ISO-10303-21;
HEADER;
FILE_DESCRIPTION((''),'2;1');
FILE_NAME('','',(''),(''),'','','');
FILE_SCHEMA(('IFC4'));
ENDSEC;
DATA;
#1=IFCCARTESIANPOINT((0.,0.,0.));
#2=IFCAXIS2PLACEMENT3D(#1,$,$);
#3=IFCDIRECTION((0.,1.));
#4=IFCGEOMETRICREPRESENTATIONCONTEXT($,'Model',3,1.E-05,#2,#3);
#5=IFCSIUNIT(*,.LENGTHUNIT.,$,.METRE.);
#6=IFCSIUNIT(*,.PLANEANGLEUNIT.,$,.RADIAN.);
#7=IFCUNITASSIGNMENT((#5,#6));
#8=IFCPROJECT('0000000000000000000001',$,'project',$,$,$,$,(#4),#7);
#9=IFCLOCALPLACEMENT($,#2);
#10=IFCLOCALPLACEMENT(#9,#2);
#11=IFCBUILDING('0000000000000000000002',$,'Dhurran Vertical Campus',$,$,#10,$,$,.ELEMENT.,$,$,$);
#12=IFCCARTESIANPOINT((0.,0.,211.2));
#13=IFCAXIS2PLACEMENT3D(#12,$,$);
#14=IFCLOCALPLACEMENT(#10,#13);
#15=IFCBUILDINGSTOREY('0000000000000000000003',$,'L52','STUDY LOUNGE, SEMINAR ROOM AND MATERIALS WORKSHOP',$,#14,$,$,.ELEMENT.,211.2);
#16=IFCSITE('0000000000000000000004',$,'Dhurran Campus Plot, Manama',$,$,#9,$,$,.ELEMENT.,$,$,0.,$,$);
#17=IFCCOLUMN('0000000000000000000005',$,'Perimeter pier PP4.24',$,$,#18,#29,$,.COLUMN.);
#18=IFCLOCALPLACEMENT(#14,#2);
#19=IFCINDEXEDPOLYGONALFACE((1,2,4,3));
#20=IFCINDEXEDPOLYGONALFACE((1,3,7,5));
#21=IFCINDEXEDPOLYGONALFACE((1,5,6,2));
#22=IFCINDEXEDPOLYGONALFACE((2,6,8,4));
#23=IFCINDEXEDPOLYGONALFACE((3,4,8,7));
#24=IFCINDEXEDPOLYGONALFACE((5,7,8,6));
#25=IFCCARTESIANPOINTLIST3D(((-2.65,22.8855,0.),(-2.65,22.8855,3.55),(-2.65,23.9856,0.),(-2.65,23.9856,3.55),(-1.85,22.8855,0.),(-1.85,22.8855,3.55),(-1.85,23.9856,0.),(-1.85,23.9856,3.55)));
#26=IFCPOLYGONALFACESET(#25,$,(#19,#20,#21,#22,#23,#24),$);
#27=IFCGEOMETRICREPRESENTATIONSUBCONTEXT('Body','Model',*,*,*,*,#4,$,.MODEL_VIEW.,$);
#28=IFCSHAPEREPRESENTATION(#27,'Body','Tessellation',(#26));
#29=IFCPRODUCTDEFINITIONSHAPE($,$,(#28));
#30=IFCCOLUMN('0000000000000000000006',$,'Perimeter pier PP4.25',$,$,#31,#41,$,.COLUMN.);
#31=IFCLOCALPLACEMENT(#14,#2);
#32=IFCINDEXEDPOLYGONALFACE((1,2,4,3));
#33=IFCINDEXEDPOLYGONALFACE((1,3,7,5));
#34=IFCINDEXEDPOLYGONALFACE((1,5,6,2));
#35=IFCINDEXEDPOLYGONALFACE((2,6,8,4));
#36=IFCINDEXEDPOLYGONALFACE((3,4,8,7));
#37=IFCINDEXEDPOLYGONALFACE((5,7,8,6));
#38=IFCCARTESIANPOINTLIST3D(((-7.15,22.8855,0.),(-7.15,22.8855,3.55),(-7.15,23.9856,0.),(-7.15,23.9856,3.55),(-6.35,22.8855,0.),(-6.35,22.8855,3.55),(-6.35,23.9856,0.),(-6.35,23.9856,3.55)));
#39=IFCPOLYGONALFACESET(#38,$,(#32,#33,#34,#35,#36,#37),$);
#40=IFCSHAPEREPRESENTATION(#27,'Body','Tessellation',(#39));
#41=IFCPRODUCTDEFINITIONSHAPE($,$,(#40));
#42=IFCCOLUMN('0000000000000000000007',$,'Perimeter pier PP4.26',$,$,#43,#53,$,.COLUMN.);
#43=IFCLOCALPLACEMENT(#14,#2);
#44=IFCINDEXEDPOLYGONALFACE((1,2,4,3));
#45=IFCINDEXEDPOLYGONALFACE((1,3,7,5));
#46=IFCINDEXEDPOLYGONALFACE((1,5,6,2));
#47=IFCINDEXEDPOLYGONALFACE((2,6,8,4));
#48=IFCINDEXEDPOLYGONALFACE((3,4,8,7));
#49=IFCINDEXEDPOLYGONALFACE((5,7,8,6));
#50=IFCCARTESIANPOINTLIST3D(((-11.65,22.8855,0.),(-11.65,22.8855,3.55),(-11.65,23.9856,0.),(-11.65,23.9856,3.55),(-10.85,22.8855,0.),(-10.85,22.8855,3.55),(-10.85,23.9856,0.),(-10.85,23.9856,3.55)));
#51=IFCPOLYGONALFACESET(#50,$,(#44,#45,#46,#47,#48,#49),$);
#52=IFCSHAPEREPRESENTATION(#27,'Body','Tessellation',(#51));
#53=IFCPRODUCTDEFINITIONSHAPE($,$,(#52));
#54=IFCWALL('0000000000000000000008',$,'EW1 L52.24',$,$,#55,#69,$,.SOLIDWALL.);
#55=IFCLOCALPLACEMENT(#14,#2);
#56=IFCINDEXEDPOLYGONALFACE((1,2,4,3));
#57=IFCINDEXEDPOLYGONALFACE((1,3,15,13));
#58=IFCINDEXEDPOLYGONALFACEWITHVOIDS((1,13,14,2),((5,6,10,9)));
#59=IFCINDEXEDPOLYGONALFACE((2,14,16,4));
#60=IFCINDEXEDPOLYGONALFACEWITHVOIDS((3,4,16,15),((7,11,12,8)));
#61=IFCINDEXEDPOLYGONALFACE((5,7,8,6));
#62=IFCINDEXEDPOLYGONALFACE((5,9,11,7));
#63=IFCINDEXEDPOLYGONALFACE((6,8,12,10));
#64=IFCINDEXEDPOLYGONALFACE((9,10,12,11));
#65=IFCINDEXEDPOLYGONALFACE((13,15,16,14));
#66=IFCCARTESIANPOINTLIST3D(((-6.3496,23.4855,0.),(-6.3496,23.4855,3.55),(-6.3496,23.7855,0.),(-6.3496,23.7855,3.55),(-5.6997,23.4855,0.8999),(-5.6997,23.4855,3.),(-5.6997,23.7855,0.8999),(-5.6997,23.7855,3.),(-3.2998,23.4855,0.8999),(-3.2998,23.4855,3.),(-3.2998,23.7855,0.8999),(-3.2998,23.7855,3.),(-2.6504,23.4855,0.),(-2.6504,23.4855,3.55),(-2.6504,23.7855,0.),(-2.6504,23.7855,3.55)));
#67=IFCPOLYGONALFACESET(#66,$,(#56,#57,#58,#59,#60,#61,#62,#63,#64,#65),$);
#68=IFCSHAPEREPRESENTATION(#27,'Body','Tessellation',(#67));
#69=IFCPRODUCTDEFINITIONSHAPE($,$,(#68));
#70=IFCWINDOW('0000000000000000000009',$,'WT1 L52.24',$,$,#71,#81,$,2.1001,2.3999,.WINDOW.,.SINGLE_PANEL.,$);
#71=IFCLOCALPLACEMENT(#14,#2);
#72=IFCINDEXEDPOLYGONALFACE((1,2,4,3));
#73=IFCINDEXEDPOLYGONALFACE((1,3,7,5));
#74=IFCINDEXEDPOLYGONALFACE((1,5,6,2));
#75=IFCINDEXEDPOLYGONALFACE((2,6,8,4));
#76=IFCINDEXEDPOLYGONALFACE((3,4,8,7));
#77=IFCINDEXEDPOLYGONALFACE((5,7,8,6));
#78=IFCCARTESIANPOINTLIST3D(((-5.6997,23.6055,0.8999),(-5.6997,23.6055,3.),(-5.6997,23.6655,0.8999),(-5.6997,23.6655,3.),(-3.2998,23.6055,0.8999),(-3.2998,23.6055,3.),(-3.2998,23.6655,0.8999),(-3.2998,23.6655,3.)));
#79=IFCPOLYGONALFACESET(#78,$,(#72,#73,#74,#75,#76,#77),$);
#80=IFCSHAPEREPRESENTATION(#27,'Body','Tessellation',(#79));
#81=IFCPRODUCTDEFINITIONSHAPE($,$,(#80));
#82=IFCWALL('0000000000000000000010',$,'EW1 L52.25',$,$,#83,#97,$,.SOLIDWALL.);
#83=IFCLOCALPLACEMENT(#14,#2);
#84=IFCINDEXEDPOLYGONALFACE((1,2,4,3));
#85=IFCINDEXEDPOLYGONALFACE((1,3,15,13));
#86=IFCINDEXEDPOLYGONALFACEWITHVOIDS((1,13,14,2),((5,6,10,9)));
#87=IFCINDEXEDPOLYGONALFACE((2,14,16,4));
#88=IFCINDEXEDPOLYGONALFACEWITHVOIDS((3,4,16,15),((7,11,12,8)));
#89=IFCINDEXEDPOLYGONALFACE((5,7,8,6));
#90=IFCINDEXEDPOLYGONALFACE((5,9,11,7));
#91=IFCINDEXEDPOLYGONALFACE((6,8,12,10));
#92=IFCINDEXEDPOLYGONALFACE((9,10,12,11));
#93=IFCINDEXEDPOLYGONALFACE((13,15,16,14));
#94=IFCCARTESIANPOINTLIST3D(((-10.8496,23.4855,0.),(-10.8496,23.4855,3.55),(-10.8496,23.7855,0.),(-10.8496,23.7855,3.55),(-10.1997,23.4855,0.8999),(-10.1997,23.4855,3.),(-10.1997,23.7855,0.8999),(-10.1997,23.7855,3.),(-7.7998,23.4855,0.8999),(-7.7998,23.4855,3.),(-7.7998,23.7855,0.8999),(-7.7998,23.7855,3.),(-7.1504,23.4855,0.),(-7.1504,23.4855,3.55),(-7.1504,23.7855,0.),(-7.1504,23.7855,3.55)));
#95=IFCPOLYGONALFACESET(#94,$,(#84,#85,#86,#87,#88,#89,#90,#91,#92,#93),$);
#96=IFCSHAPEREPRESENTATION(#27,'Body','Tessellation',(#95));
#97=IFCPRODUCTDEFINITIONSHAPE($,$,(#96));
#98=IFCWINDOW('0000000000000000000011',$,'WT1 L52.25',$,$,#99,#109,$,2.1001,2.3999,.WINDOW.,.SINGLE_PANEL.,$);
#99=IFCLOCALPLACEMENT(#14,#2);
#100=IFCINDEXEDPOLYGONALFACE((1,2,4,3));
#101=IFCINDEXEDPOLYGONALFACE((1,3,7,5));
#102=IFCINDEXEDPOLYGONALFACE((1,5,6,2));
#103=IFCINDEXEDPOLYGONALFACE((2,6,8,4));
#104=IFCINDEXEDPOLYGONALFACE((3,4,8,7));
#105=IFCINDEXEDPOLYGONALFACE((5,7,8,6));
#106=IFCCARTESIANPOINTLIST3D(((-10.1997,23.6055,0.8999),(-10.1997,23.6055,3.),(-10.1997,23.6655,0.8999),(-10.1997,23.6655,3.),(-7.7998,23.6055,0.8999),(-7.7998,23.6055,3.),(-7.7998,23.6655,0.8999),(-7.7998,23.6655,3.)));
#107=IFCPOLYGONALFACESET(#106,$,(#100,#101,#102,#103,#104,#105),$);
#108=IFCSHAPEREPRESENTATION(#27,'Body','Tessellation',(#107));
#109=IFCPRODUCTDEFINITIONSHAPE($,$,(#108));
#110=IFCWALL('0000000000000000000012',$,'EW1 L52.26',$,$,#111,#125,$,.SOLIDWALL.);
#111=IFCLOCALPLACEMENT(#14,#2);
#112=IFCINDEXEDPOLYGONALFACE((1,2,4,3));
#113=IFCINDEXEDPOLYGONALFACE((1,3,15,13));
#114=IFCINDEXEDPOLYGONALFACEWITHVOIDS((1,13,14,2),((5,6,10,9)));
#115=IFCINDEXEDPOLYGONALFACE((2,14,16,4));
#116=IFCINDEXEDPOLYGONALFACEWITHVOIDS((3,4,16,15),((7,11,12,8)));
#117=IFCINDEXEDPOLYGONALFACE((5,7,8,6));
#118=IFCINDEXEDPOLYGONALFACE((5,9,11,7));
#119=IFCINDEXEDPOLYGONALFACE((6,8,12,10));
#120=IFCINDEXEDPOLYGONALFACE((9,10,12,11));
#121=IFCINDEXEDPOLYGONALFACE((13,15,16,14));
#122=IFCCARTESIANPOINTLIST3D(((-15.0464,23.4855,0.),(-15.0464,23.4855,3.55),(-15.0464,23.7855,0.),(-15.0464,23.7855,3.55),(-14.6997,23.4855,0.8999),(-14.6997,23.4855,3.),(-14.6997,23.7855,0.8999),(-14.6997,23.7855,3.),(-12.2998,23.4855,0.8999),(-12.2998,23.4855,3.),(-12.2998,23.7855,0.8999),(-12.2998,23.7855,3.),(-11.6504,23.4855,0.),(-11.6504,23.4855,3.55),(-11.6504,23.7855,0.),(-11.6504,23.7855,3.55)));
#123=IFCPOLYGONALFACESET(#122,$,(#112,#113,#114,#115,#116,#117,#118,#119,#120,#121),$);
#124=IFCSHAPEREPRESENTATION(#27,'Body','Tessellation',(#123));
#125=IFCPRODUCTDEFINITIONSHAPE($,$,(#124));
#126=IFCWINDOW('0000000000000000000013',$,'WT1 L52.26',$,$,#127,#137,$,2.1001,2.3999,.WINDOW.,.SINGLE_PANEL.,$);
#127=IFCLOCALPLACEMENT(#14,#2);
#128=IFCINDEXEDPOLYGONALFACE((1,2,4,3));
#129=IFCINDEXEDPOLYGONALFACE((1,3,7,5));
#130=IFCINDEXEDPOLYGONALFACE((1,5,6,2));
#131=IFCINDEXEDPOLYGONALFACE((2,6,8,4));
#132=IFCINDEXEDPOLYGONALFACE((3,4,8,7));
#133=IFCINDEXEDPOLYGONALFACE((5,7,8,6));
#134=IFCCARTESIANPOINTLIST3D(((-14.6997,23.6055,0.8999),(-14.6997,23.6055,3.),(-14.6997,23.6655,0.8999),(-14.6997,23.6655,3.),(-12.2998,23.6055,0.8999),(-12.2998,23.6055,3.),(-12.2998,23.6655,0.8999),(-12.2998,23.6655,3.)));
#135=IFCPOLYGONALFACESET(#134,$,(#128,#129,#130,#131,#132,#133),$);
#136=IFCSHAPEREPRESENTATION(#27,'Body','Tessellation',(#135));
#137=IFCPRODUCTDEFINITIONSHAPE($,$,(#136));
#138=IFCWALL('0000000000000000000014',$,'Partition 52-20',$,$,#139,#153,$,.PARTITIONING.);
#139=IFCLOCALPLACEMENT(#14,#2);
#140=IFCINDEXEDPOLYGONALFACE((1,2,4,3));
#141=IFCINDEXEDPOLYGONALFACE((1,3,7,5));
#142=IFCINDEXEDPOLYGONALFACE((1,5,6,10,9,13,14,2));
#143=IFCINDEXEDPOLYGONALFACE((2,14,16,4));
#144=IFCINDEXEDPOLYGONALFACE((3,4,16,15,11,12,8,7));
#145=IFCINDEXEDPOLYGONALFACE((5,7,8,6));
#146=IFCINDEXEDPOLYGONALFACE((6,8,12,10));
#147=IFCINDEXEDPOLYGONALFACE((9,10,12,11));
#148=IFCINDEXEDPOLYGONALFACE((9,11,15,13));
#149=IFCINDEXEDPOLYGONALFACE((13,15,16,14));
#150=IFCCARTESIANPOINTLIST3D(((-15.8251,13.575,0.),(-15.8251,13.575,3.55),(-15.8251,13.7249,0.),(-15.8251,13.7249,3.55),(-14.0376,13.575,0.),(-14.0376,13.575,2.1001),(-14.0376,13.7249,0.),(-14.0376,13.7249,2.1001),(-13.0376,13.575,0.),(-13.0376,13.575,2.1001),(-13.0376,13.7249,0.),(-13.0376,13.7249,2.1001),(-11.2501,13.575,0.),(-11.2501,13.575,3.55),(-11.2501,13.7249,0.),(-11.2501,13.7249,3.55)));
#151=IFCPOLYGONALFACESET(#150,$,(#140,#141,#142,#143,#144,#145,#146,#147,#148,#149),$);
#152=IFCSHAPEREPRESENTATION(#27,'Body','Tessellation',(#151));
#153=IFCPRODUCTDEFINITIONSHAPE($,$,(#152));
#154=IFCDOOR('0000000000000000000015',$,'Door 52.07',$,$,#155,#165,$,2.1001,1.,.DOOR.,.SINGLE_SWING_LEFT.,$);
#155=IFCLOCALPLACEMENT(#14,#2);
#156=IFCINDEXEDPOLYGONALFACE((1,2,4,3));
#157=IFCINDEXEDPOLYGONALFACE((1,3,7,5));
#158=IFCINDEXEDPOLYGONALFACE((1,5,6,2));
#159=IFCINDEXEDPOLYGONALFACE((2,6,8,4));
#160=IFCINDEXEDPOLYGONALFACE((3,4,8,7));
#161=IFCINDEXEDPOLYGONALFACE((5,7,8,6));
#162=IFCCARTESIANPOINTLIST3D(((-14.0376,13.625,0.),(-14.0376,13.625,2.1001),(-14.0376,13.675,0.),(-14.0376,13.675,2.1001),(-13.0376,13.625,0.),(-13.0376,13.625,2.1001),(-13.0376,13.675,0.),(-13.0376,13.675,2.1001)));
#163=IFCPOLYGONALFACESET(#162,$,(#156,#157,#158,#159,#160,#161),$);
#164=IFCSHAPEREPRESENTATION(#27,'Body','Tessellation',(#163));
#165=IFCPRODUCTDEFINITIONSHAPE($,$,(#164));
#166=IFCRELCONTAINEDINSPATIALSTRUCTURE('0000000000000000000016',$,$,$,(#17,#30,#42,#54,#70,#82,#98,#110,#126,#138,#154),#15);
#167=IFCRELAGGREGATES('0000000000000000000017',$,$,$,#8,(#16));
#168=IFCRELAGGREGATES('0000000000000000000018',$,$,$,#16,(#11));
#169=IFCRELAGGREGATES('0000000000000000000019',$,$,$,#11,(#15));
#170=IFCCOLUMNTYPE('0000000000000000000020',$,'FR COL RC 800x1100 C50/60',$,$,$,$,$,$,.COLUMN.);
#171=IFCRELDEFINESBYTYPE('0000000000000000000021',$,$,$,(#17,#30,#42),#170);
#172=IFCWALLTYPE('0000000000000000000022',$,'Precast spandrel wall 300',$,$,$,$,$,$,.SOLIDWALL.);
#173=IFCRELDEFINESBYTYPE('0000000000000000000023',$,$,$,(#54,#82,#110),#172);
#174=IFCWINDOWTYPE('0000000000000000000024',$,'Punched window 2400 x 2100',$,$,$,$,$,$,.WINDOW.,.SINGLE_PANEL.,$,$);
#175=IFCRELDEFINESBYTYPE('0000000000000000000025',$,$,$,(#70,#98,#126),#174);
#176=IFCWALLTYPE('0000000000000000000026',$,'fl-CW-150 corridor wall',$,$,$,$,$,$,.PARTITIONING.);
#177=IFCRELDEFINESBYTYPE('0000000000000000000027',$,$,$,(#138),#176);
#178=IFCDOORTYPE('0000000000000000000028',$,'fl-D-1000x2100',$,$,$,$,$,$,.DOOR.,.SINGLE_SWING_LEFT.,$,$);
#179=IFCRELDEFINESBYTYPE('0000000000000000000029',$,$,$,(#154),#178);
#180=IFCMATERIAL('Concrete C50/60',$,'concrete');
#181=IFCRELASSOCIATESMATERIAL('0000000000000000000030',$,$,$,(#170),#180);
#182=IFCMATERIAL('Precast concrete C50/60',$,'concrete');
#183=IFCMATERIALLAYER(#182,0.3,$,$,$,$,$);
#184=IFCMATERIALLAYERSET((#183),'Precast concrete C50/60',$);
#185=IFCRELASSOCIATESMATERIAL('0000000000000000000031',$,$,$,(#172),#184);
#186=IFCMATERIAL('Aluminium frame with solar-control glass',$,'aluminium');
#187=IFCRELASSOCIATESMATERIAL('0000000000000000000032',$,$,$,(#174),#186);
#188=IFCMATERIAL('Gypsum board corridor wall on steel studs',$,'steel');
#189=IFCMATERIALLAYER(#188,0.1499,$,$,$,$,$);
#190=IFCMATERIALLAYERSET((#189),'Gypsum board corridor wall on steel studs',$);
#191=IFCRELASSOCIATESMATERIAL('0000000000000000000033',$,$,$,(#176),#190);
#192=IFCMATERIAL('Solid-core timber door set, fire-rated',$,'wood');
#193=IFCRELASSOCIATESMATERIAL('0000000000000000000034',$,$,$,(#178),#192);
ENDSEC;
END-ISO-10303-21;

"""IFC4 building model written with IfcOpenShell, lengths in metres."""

from ifc_helpers import new_model, si_unit, direction, frame, frame_2d, origin, origin_2d, place, context, subcontext, project, spatial, rectangle, extrude, material, layer, layer_set, material_profile, profile_set, type_object, element, fill, save


model = new_model("IFC4")

# Units and contexts
model_context = context("Model", 3, precision=1e-05, world=origin(), true_north=direction((0.0, 1.0)))
body_context = subcontext(model_context, "Body", "Model", "MODEL_VIEW")
ifc_project = project(units=[si_unit("LENGTHUNIT", "METRE"), si_unit("PLANEANGLEUNIT", "RADIAN")], contexts=[model_context])

# Site, building, storey
site_placement = place(None, origin())
site = spatial("IfcSite", under=ifc_project, at=site_placement, Name="Dhurran Campus Plot, Manama", CompositionType="ELEMENT", RefElevation=0.0)
building_placement = place(site_placement, origin())
building = spatial("IfcBuilding", under=site, at=building_placement, Name="Dhurran Vertical Campus", CompositionType="ELEMENT")
storey_placement = place(building_placement, frame((0.0, 0.0, 211.2)))
storey = spatial("IfcBuildingStorey", under=building, at=storey_placement, Name="L52", Description="STUDY LOUNGE, SEMINAR ROOM AND MATERIALS WORKSHOP", CompositionType="ELEMENT", Elevation=211.2)

# Columns
ifc_material_1 = material(Name="Concrete C50/60", Category="concrete")
ifc_material_profile = material_profile(ifc_material_1, rectangle(XDim=0.8, YDim=1.1001, at=origin_2d()), Name="RC 800x1100")
ifc_profile_set = profile_set([ifc_material_profile], Name="Concrete C50/60")
column_type = type_object("IfcColumnType", Name="FR COL RC 800x1100 C50/60", PredefinedType="COLUMN", material=ifc_profile_set)
for number, where, z_axis, x_axis, name in (
    (1, (-2.25, 23.4355, 0.0), (0.0, 0.0, 1.0), (-1.0, 0.0, 0.0), "Perimeter pier PP4.24"),
    (2, (-6.75, 23.4355, 0.0), (0.0, 0.0, 1.0), (-1.0, 0.0, 0.0), "Perimeter pier PP4.25"),
    (3, (-11.25, 23.4355, 0.0), (0.0, 0.0, 1.0), (-1.0, 0.0, 0.0), "Perimeter pier PP4.26"),
):
    element("IfcColumn", number, at=place(storey_placement, frame(where, z_axis=z_axis, x_axis=x_axis)), inside=storey, type_object=column_type, Name=name, PredefinedType="COLUMN", context=body_context, shape_type="SweptSolid", body=[
        extrude(rectangle(XDim=0.8, YDim=1.1001, at=origin_2d()), origin(), (0.0, 0.0, 1.0), 3.55),
    ])

# Walls, openings, windows
ifc_material_2 = material(Name="Precast concrete C50/60", Category="concrete")
ifc_layer_1 = layer(ifc_material_2, 0.3)
ifc_layer_set_1 = layer_set([ifc_layer_1], Name="Precast concrete C50/60")
wall_type_1 = type_object("IfcWallType", Name="Precast spandrel wall 300", PredefinedType="SOLIDWALL", material=ifc_layer_set_1)
wall_1_placement = place(storey_placement, frame((-2.6504, 23.6355, 0.0), z_axis=(0.0, 0.0, 1.0), x_axis=(-1.0, 0.0, 0.0)))
wall_1 = element("IfcWall", 4, at=wall_1_placement, inside=storey, type_object=wall_type_1, Name="EW1 L52.24", PredefinedType="SOLIDWALL", context=body_context, shape_type="SweptSolid", body=[
    extrude(rectangle(XDim=3.6992, YDim=0.3, at=frame_2d((1.8496, 0.0))), origin(), (0.0, 0.0, 1.0), 3.55),
])
opening_1_placement = place(wall_1_placement, frame((0.6494, 0.0, 0.8999)))
opening_1 = element("IfcOpeningElement", 5, at=opening_1_placement, cuts=wall_1, PredefinedType="OPENING", context=body_context, shape_type="SweptSolid", body=[
    extrude(rectangle(XDim=2.3999, YDim=2.1001, at=frame_2d((1.2, 1.05))), frame((0.0, 0.1599, 0.0), z_axis=(0.0, -1.0, 0.0), x_axis=(1.0, 0.0, 0.0)), (0.0, 0.0, 1.0), 0.3201),
])
ifc_material_3 = material(Name="Aluminium frame with solar-control glass", Category="aluminium")
window_type = type_object("IfcWindowType", Name="Punched window 2400 x 2100", PartitioningType="SINGLE_PANEL", PredefinedType="WINDOW", material=ifc_material_3)
window_1_placement = place(opening_1_placement, origin())
window_1 = element("IfcWindow", 6, at=window_1_placement, inside=storey, type_object=window_type, Name="WT1 L52.24", OverallHeight=2.1001, OverallWidth=2.3999, PartitioningType="SINGLE_PANEL", PredefinedType="WINDOW", context=body_context, shape_type="SweptSolid", body=[
    extrude(rectangle(XDim=2.3999, YDim=2.1001, at=frame_2d((1.2, 1.05))), frame((0.0, 0.03, 0.0), z_axis=(0.0, -1.0, 0.0), x_axis=(1.0, 0.0, 0.0)), (0.0, 0.0, 1.0), 0.0601),
])
fill(opening_1, window_1)
wall_2_placement = place(storey_placement, frame((-7.1504, 23.6355, 0.0), z_axis=(0.0, 0.0, 1.0), x_axis=(-1.0, 0.0, 0.0)))
wall_2 = element("IfcWall", 7, at=wall_2_placement, inside=storey, type_object=wall_type_1, Name="EW1 L52.25", PredefinedType="SOLIDWALL", context=body_context, shape_type="SweptSolid", body=[
    extrude(rectangle(XDim=3.6992, YDim=0.3, at=frame_2d((1.8496, 0.0))), origin(), (0.0, 0.0, 1.0), 3.55),
])
opening_2_placement = place(wall_2_placement, frame((0.6494, 0.0, 0.8999)))
opening_2 = element("IfcOpeningElement", 8, at=opening_2_placement, cuts=wall_2, PredefinedType="OPENING", context=body_context, shape_type="SweptSolid", body=[
    extrude(rectangle(XDim=2.3999, YDim=2.1001, at=frame_2d((1.2, 1.05))), frame((0.0, 0.1599, 0.0), z_axis=(0.0, -1.0, 0.0), x_axis=(1.0, 0.0, 0.0)), (0.0, 0.0, 1.0), 0.3201),
])
window_2_placement = place(opening_2_placement, origin())
window_2 = element("IfcWindow", 9, at=window_2_placement, inside=storey, type_object=window_type, Name="WT1 L52.25", OverallHeight=2.1001, OverallWidth=2.3999, PartitioningType="SINGLE_PANEL", PredefinedType="WINDOW", context=body_context, shape_type="SweptSolid", body=[
    extrude(rectangle(XDim=2.3999, YDim=2.1001, at=frame_2d((1.2, 1.05))), frame((0.0, 0.03, 0.0), z_axis=(0.0, -1.0, 0.0), x_axis=(1.0, 0.0, 0.0)), (0.0, 0.0, 1.0), 0.0601),
])
fill(opening_2, window_2)
wall_3_placement = place(storey_placement, frame((-11.6504, 23.6355, 0.0), z_axis=(0.0, 0.0, 1.0), x_axis=(-1.0, 0.0, 0.0)))
wall_3 = element("IfcWall", 10, at=wall_3_placement, inside=storey, type_object=wall_type_1, Name="EW1 L52.26", PredefinedType="SOLIDWALL", context=body_context, shape_type="SweptSolid", body=[
    extrude(rectangle(XDim=3.396, YDim=0.3, at=frame_2d((1.698, 0.0))), origin(), (0.0, 0.0, 1.0), 3.55),
])
opening_3_placement = place(wall_3_placement, frame((0.6494, 0.0, 0.8999)))
opening_3 = element("IfcOpeningElement", 11, at=opening_3_placement, cuts=wall_3, PredefinedType="OPENING", context=body_context, shape_type="SweptSolid", body=[
    extrude(rectangle(XDim=2.3999, YDim=2.1001, at=frame_2d((1.2, 1.05))), frame((0.0, 0.1599, 0.0), z_axis=(0.0, -1.0, 0.0), x_axis=(1.0, 0.0, 0.0)), (0.0, 0.0, 1.0), 0.3201),
])
window_3_placement = place(opening_3_placement, origin())
window_3 = element("IfcWindow", 12, at=window_3_placement, inside=storey, type_object=window_type, Name="WT1 L52.26", OverallHeight=2.1001, OverallWidth=2.3999, PartitioningType="SINGLE_PANEL", PredefinedType="WINDOW", context=body_context, shape_type="SweptSolid", body=[
    extrude(rectangle(XDim=2.3999, YDim=2.1001, at=frame_2d((1.2, 1.05))), frame((0.0, 0.03, 0.0), z_axis=(0.0, -1.0, 0.0), x_axis=(1.0, 0.0, 0.0)), (0.0, 0.0, 1.0), 0.0601),
])
fill(opening_3, window_3)

# Wall, opening, door
ifc_material_4 = material(Name="Gypsum board corridor wall on steel studs", Category="steel")
ifc_layer_2 = layer(ifc_material_4, 0.1499)
ifc_layer_set_2 = layer_set([ifc_layer_2], Name="Gypsum board corridor wall on steel studs")
wall_type_2 = type_object("IfcWallType", Name="fl-CW-150 corridor wall", PredefinedType="PARTITIONING", material=ifc_layer_set_2)
wall_4_placement = place(storey_placement, frame((-11.25, 13.6499, 0.0), z_axis=(0.0, 0.0, 1.0), x_axis=(-1.0, 0.0, 0.0)))
wall_4 = element("IfcWall", 13, at=wall_4_placement, inside=storey, type_object=wall_type_2, Name="Partition 52-20", PredefinedType="PARTITIONING", context=body_context, shape_type="SweptSolid", body=[
    extrude(rectangle(XDim=4.575, YDim=0.1499, at=frame_2d((2.2876, 0.0))), origin(), (0.0, 0.0, 1.0), 3.55),
])
opening_4_placement = place(wall_4_placement, frame((1.7876, 0.0, 0.0)))
opening_4 = element("IfcOpeningElement", 14, at=opening_4_placement, cuts=wall_4, PredefinedType="OPENING", context=body_context, shape_type="SweptSolid", body=[
    extrude(rectangle(XDim=1.0, YDim=2.1001, at=frame_2d((0.5, 1.05))), frame((0.0, 0.085, 0.0), z_axis=(0.0, -1.0, 0.0), x_axis=(1.0, 0.0, 0.0)), (0.0, 0.0, 1.0), 0.1699),
])
ifc_material_5 = material(Name="Solid-core timber door set, fire-rated", Category="wood")
door_type = type_object("IfcDoorType", Name="fl-D-1000x2100", OperationType="SINGLE_SWING_LEFT", PredefinedType="DOOR", material=ifc_material_5)
door_1_placement = place(opening_4_placement, origin())
door_1 = element("IfcDoor", 15, at=door_1_placement, inside=storey, type_object=door_type, Name="Door 52.07", OperationType="SINGLE_SWING_LEFT", OverallHeight=2.1001, OverallWidth=1.0, PredefinedType="DOOR", context=body_context, shape_type="SweptSolid", body=[
    extrude(rectangle(XDim=1.0, YDim=2.1001, at=frame_2d((0.5, 1.05))), frame((0.0, 0.0249, 0.0), z_axis=(0.0, -1.0, 0.0), x_axis=(1.0, 0.0, 0.0)), (0.0, 0.0, 1.0), 0.05),
])
fill(opening_4, door_1)

save(model, "model.ifc")
